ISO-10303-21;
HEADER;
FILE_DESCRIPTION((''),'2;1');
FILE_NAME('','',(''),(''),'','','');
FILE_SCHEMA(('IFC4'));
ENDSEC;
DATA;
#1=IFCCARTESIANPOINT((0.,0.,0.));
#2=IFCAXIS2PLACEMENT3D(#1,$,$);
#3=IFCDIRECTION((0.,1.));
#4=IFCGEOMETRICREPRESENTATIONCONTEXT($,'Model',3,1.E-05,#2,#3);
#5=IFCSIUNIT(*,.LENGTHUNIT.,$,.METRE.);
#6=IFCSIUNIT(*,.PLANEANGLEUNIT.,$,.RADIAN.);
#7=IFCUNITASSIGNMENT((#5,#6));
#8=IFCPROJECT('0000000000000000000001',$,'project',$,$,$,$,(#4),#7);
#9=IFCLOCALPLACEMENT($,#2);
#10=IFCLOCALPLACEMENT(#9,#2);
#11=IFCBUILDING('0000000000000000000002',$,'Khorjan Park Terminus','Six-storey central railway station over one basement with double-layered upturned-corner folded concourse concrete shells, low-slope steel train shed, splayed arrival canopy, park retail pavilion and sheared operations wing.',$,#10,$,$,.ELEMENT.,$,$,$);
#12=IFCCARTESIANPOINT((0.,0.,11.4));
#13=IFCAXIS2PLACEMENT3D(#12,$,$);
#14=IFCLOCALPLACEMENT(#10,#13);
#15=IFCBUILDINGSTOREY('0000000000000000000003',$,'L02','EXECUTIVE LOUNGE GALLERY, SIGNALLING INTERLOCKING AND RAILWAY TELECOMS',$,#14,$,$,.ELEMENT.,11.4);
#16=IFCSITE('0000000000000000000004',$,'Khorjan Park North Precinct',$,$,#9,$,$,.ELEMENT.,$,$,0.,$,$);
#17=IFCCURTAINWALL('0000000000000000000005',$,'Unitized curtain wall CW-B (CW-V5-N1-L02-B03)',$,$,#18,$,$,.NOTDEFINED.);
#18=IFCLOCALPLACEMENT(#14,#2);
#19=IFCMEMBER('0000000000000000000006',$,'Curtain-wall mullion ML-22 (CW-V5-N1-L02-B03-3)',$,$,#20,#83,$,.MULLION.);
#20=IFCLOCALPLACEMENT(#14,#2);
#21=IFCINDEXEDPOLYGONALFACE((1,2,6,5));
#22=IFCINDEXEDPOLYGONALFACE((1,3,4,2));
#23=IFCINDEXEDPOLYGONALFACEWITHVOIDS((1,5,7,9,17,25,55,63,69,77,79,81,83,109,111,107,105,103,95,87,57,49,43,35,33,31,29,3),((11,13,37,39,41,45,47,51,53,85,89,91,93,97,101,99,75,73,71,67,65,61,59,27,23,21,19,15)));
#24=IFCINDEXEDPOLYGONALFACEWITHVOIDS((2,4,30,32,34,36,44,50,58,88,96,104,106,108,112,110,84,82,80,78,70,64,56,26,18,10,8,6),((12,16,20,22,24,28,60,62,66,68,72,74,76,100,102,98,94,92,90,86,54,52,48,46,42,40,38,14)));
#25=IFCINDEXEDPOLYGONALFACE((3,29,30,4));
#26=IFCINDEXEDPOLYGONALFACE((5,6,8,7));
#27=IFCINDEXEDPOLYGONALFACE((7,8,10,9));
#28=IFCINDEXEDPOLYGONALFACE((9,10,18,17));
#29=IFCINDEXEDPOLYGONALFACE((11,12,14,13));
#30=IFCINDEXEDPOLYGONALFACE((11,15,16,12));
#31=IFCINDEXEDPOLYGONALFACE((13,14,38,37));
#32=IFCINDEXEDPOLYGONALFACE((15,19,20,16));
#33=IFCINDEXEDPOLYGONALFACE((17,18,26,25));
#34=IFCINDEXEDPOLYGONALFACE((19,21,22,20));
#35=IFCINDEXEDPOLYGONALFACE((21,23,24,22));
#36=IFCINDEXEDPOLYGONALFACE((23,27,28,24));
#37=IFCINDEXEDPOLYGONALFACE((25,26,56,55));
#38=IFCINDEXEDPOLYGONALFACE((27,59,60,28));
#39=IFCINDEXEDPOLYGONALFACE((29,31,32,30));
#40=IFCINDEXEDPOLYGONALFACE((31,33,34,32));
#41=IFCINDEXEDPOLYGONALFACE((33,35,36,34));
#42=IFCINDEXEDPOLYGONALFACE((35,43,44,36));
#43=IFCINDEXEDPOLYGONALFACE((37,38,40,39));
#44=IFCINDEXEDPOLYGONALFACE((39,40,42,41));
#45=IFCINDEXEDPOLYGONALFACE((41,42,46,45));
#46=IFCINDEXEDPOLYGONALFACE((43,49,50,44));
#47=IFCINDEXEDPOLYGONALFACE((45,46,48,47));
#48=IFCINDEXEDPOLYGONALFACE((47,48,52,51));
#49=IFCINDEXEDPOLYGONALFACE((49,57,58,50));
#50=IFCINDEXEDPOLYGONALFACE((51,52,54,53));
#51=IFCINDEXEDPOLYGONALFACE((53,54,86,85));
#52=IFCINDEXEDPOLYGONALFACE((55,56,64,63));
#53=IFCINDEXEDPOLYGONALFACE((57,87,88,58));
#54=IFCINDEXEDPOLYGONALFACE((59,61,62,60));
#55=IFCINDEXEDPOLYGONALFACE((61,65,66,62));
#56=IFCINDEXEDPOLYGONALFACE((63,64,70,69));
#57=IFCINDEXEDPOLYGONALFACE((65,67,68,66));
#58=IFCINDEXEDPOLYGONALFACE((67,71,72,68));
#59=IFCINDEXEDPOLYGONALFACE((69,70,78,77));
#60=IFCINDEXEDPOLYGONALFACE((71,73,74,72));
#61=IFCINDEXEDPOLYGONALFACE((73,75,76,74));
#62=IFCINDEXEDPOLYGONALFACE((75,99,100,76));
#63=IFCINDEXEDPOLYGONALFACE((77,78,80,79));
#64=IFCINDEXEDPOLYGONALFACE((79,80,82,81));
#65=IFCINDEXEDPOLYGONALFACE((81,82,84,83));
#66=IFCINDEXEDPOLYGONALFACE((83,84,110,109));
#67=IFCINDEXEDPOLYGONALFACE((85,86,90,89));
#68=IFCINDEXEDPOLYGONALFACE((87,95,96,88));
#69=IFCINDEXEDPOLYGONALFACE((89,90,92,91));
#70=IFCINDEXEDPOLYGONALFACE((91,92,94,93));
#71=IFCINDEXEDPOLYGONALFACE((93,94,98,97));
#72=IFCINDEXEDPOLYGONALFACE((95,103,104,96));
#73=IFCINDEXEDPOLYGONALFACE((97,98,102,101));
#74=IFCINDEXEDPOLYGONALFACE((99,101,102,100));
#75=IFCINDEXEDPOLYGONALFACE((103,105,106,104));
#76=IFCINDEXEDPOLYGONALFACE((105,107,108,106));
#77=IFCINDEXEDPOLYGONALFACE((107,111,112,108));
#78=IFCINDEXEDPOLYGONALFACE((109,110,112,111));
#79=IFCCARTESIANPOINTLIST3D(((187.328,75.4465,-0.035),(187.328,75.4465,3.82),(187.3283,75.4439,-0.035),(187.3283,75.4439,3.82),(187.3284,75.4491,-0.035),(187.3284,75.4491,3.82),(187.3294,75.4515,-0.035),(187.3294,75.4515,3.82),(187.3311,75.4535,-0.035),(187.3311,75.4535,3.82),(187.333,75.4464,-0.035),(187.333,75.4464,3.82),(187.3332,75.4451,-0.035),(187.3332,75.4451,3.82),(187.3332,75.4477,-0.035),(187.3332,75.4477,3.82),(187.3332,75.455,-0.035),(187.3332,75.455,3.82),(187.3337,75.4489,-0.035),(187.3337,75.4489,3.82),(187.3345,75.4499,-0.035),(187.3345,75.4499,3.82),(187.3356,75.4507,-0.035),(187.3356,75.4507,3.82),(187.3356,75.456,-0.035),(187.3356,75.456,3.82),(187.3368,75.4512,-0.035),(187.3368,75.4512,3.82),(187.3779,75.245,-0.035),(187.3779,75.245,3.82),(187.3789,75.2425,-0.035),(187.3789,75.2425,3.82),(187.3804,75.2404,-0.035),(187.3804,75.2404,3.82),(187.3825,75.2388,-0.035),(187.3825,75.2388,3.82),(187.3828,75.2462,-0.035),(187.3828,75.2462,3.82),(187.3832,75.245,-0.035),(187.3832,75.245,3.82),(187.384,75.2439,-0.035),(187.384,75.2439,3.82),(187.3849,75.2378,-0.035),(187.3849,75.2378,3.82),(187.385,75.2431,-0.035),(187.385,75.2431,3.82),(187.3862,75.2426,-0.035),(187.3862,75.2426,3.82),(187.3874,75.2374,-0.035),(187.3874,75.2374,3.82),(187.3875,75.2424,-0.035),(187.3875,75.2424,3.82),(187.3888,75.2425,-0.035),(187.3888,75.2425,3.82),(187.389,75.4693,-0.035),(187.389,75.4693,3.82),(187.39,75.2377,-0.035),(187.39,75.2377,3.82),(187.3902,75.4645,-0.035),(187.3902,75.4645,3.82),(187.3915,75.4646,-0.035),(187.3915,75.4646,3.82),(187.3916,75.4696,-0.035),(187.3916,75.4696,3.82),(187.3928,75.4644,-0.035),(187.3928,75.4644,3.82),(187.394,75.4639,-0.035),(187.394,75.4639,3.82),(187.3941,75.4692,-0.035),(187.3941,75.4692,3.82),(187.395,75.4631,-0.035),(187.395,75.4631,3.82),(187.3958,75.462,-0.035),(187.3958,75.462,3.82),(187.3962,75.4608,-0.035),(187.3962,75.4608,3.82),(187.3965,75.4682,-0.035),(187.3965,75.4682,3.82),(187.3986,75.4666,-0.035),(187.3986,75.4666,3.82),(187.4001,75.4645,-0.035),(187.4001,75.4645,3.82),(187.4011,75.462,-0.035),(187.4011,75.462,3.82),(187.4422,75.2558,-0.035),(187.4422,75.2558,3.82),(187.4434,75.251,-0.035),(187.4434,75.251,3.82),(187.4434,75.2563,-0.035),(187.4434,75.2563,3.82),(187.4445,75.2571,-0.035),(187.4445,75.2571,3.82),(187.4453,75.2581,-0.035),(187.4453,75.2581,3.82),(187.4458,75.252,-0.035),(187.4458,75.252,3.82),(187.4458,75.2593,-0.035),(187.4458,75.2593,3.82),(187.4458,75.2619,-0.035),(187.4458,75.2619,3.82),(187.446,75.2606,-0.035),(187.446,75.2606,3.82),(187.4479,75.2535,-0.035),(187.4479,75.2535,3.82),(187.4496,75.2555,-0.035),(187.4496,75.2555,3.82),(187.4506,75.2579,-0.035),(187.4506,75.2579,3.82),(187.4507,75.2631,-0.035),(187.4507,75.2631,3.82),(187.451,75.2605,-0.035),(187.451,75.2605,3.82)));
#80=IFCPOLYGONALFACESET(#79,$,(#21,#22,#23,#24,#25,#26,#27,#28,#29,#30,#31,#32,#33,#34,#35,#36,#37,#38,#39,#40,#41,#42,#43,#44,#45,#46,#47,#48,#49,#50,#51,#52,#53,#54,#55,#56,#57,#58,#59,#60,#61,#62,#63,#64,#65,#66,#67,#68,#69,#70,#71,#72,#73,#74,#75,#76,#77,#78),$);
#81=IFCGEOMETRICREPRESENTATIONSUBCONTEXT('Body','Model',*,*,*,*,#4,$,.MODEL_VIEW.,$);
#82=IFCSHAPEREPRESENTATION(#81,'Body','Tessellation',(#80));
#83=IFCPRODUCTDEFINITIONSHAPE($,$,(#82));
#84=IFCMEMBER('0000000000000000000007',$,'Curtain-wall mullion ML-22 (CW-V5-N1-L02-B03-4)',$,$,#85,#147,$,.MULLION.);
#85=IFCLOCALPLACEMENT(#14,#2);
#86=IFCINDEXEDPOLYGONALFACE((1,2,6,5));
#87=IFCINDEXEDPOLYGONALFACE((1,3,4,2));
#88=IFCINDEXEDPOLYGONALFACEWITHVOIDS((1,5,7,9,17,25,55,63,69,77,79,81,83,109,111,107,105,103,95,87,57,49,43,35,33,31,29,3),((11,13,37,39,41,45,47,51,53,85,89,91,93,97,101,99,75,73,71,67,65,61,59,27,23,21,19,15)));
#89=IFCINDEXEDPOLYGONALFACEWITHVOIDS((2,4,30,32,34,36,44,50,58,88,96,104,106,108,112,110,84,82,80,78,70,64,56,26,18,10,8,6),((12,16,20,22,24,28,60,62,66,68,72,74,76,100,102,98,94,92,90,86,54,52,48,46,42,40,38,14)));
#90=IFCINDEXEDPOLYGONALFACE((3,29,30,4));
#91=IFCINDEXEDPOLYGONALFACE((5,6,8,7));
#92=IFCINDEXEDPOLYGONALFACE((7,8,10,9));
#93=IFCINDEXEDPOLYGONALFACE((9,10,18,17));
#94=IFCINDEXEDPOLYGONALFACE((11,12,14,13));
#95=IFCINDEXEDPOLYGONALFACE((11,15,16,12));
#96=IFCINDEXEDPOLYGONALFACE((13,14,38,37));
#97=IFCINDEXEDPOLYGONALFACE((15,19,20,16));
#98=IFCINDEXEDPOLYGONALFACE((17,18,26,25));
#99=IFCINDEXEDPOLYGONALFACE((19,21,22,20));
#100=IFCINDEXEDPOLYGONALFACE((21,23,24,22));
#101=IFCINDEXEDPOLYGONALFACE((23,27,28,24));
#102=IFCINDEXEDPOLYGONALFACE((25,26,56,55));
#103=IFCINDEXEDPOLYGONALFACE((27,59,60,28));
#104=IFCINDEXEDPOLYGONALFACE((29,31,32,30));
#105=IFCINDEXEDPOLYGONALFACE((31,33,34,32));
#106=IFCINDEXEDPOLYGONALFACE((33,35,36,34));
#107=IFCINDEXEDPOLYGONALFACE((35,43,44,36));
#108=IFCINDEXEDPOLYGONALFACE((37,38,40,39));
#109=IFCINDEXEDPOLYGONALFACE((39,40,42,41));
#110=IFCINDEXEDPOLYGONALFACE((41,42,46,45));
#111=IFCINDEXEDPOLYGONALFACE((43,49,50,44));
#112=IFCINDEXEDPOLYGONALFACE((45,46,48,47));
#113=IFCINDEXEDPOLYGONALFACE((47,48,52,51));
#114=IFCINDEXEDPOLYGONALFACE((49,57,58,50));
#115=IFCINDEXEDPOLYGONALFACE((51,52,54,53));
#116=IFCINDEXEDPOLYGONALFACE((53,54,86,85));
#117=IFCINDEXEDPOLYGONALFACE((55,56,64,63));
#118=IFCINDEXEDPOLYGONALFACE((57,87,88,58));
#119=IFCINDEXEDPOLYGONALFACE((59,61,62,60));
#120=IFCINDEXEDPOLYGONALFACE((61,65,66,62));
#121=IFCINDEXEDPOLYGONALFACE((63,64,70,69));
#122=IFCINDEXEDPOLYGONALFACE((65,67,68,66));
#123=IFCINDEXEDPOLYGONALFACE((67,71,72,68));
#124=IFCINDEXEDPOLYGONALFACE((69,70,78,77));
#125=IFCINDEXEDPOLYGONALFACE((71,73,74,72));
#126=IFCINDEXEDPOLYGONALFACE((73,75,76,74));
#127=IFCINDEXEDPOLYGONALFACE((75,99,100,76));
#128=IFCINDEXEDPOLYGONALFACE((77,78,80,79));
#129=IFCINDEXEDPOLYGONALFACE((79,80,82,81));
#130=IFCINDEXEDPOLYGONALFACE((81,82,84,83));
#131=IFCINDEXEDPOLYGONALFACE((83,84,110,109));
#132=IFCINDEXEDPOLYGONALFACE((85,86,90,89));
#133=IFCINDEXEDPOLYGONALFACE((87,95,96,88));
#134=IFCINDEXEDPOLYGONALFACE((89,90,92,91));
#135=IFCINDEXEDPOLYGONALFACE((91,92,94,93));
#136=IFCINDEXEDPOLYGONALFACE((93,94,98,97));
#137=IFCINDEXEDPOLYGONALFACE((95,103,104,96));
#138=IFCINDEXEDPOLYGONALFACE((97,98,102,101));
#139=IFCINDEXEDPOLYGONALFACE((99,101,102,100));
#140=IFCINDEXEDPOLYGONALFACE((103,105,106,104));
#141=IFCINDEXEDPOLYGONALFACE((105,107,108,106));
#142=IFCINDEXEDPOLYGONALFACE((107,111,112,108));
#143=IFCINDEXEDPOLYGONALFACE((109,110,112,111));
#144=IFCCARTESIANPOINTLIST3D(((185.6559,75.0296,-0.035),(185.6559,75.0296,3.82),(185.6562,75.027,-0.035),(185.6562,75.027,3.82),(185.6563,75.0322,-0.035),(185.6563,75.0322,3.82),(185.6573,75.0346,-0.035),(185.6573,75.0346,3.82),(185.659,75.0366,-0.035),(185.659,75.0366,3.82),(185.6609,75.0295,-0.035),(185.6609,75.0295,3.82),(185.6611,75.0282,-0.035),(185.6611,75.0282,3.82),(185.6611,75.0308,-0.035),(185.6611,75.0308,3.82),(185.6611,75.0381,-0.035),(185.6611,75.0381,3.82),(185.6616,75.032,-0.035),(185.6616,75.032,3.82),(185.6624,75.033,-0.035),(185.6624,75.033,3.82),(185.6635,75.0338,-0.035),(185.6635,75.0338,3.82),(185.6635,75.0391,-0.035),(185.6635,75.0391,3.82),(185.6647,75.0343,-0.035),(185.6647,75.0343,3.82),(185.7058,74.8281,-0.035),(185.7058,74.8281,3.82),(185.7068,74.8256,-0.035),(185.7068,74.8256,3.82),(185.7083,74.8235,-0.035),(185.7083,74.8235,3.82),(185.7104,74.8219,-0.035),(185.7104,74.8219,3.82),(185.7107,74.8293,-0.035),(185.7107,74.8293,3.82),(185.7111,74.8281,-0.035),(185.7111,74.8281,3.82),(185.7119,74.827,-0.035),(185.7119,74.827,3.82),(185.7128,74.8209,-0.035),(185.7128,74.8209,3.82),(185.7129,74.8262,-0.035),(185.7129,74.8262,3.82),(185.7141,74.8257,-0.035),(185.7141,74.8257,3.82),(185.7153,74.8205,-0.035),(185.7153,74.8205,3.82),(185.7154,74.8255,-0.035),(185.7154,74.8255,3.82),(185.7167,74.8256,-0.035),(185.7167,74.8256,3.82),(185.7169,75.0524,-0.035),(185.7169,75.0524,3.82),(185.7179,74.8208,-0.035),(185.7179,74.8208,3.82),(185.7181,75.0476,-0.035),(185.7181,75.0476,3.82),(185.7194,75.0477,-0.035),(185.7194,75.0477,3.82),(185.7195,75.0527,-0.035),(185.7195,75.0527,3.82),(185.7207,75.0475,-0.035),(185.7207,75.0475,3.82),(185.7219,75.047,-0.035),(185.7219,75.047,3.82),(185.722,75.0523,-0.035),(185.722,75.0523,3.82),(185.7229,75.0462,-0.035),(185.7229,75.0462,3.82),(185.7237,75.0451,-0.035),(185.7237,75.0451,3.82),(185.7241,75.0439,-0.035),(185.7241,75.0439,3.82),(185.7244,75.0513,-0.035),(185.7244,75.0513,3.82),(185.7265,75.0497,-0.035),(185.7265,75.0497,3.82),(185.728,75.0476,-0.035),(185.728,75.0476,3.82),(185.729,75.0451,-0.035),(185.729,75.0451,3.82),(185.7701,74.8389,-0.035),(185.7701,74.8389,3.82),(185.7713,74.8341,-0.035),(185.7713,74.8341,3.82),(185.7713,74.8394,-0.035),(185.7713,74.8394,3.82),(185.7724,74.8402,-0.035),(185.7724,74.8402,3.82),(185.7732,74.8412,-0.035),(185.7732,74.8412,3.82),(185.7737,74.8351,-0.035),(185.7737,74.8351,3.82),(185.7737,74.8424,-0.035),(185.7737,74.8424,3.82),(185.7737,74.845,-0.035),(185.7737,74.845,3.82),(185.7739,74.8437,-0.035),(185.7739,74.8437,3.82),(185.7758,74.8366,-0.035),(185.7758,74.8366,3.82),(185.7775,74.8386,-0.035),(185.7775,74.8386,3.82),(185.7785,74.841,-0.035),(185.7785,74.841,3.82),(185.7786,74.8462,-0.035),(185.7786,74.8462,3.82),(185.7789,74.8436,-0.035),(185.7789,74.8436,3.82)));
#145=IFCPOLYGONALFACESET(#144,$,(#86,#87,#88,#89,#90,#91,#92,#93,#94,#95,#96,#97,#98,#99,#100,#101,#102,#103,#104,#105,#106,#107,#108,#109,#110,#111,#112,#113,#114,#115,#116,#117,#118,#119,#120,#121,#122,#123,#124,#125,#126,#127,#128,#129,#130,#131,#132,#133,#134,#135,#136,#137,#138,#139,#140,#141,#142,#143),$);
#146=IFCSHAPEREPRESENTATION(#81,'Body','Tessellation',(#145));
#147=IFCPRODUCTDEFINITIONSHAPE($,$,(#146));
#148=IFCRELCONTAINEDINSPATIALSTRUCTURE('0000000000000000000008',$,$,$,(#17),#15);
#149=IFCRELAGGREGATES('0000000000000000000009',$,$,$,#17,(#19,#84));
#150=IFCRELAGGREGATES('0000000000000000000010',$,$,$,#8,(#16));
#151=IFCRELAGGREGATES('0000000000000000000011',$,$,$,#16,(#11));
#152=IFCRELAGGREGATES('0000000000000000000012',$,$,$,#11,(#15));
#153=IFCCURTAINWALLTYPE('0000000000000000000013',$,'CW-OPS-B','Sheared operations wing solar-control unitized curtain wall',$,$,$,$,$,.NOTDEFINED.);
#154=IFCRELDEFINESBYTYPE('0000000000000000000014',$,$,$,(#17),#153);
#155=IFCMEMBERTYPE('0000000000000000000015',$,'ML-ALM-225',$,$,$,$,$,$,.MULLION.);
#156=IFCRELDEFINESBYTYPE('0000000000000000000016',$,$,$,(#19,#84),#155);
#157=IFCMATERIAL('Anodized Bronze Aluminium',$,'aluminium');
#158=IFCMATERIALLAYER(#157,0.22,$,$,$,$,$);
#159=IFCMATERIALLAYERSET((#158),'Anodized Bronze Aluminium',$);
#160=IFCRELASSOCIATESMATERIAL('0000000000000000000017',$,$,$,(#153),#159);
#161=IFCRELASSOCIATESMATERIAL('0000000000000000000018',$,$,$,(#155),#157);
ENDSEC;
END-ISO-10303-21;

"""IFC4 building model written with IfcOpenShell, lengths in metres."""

from ifc_helpers import new_model, si_unit, direction, frame, origin, origin_2d, place, context, subcontext, project, spatial, hollow_rectangle, extrude, material, layer, layer_set, material_profile, profile_set, type_object, element, aggregate, save


model = new_model("IFC4")

# Units and contexts
model_context = context("Model", 3, precision=1e-05, world=origin(), true_north=direction((0.0, 1.0)))
body_context = subcontext(model_context, "Body", "Model", "MODEL_VIEW")
ifc_project = project(units=[si_unit("LENGTHUNIT", "METRE"), si_unit("PLANEANGLEUNIT", "RADIAN")], contexts=[model_context])

# Site, building, storey
site_placement = place(None, origin())
site = spatial("IfcSite", under=ifc_project, at=site_placement, Name="Khorjan Park North Precinct", CompositionType="ELEMENT", RefElevation=0.0)
building_placement = place(site_placement, origin())
building = spatial("IfcBuilding", under=site, at=building_placement, Name="Khorjan Park Terminus", Description="Six-storey central railway station over one basement with double-layered upturned-corner folded concourse concrete shells, low-slope steel train shed, splayed arrival canopy, park retail pavilion and sheared operations wing.", CompositionType="ELEMENT")
storey_placement = place(building_placement, frame((0.0, 0.0, 11.4)))
storey = spatial("IfcBuildingStorey", under=building, at=storey_placement, Name="L02", Description="EXECUTIVE LOUNGE GALLERY, SIGNALLING INTERLOCKING AND RAILWAY TELECOMS", CompositionType="ELEMENT", Elevation=11.4)

# Curtain wall, members
ifc_material_1 = material(Name="Anodized Bronze Aluminium", Category="aluminium")
ifc_layer_1 = layer(ifc_material_1, 0.22)
ifc_layer_set_1 = layer_set([ifc_layer_1], Name="Anodized Bronze Aluminium")
curtain_wall_type = type_object("IfcCurtainWallType", Name="CW-OPS-B", Description="Sheared operations wing solar-control unitized curtain wall", PredefinedType="NOTDEFINED", material=ifc_layer_set_1)
curtain_wall_placement = place(storey_placement, origin())
curtain_wall = element("IfcCurtainWall", 1, at=curtain_wall_placement, inside=storey, type_object=curtain_wall_type, Name="Unitized curtain wall CW-B (CW-V5-N1-L02-B03)", PredefinedType="NOTDEFINED")
ifc_material_profile_1 = material_profile(ifc_material_1, hollow_rectangle(XDim=0.075, YDim=0.225, WallThickness=0.005, InnerFilletRadius=0.005, OuterFilletRadius=0.01, at=origin_2d()), Name="ALM 75x225x5")
ifc_profile_set_1 = profile_set([ifc_material_profile_1], Name="Anodized Bronze Aluminium")
member_type_1 = type_object("IfcMemberType", Name="ML-ALM-225", PredefinedType="MULLION", material=ifc_profile_set_1)
member_1_placement = place(storey_placement, frame((187.3895, 75.3535, -0.035), z_axis=(0.0, 0.0, 1.0), x_axis=(-0.970296, -0.241921, 0.0)))
member_1 = element("IfcMember", 2, at=member_1_placement, type_object=member_type_1, Name="Curtain-wall mullion ML-22 (CW-V5-N1-L02-B03-3)", PredefinedType="MULLION", context=body_context, shape_type="SweptSolid", body=[
    extrude(hollow_rectangle(XDim=0.075, YDim=0.225, WallThickness=0.005, InnerFilletRadius=0.005, OuterFilletRadius=0.01, at=origin_2d()), origin(), (0.0, 0.0, 1.0), 3.855),
])
member_2_placement = place(storey_placement, frame((185.7174, 74.9366, -0.035), z_axis=(0.0, 0.0, 1.0), x_axis=(-0.970296, -0.241921, 0.0)))
member_2 = element("IfcMember", 3, at=member_2_placement, type_object=member_type_1, Name="Curtain-wall mullion ML-22 (CW-V5-N1-L02-B03-4)", PredefinedType="MULLION", context=body_context, shape_type="SweptSolid", body=[
    extrude(hollow_rectangle(XDim=0.075, YDim=0.225, WallThickness=0.005, InnerFilletRadius=0.005, OuterFilletRadius=0.01, at=origin_2d()), origin(), (0.0, 0.0, 1.0), 3.855),
])

aggregate(curtain_wall, [member_1, member_2])

save(model, "model.ifc")
